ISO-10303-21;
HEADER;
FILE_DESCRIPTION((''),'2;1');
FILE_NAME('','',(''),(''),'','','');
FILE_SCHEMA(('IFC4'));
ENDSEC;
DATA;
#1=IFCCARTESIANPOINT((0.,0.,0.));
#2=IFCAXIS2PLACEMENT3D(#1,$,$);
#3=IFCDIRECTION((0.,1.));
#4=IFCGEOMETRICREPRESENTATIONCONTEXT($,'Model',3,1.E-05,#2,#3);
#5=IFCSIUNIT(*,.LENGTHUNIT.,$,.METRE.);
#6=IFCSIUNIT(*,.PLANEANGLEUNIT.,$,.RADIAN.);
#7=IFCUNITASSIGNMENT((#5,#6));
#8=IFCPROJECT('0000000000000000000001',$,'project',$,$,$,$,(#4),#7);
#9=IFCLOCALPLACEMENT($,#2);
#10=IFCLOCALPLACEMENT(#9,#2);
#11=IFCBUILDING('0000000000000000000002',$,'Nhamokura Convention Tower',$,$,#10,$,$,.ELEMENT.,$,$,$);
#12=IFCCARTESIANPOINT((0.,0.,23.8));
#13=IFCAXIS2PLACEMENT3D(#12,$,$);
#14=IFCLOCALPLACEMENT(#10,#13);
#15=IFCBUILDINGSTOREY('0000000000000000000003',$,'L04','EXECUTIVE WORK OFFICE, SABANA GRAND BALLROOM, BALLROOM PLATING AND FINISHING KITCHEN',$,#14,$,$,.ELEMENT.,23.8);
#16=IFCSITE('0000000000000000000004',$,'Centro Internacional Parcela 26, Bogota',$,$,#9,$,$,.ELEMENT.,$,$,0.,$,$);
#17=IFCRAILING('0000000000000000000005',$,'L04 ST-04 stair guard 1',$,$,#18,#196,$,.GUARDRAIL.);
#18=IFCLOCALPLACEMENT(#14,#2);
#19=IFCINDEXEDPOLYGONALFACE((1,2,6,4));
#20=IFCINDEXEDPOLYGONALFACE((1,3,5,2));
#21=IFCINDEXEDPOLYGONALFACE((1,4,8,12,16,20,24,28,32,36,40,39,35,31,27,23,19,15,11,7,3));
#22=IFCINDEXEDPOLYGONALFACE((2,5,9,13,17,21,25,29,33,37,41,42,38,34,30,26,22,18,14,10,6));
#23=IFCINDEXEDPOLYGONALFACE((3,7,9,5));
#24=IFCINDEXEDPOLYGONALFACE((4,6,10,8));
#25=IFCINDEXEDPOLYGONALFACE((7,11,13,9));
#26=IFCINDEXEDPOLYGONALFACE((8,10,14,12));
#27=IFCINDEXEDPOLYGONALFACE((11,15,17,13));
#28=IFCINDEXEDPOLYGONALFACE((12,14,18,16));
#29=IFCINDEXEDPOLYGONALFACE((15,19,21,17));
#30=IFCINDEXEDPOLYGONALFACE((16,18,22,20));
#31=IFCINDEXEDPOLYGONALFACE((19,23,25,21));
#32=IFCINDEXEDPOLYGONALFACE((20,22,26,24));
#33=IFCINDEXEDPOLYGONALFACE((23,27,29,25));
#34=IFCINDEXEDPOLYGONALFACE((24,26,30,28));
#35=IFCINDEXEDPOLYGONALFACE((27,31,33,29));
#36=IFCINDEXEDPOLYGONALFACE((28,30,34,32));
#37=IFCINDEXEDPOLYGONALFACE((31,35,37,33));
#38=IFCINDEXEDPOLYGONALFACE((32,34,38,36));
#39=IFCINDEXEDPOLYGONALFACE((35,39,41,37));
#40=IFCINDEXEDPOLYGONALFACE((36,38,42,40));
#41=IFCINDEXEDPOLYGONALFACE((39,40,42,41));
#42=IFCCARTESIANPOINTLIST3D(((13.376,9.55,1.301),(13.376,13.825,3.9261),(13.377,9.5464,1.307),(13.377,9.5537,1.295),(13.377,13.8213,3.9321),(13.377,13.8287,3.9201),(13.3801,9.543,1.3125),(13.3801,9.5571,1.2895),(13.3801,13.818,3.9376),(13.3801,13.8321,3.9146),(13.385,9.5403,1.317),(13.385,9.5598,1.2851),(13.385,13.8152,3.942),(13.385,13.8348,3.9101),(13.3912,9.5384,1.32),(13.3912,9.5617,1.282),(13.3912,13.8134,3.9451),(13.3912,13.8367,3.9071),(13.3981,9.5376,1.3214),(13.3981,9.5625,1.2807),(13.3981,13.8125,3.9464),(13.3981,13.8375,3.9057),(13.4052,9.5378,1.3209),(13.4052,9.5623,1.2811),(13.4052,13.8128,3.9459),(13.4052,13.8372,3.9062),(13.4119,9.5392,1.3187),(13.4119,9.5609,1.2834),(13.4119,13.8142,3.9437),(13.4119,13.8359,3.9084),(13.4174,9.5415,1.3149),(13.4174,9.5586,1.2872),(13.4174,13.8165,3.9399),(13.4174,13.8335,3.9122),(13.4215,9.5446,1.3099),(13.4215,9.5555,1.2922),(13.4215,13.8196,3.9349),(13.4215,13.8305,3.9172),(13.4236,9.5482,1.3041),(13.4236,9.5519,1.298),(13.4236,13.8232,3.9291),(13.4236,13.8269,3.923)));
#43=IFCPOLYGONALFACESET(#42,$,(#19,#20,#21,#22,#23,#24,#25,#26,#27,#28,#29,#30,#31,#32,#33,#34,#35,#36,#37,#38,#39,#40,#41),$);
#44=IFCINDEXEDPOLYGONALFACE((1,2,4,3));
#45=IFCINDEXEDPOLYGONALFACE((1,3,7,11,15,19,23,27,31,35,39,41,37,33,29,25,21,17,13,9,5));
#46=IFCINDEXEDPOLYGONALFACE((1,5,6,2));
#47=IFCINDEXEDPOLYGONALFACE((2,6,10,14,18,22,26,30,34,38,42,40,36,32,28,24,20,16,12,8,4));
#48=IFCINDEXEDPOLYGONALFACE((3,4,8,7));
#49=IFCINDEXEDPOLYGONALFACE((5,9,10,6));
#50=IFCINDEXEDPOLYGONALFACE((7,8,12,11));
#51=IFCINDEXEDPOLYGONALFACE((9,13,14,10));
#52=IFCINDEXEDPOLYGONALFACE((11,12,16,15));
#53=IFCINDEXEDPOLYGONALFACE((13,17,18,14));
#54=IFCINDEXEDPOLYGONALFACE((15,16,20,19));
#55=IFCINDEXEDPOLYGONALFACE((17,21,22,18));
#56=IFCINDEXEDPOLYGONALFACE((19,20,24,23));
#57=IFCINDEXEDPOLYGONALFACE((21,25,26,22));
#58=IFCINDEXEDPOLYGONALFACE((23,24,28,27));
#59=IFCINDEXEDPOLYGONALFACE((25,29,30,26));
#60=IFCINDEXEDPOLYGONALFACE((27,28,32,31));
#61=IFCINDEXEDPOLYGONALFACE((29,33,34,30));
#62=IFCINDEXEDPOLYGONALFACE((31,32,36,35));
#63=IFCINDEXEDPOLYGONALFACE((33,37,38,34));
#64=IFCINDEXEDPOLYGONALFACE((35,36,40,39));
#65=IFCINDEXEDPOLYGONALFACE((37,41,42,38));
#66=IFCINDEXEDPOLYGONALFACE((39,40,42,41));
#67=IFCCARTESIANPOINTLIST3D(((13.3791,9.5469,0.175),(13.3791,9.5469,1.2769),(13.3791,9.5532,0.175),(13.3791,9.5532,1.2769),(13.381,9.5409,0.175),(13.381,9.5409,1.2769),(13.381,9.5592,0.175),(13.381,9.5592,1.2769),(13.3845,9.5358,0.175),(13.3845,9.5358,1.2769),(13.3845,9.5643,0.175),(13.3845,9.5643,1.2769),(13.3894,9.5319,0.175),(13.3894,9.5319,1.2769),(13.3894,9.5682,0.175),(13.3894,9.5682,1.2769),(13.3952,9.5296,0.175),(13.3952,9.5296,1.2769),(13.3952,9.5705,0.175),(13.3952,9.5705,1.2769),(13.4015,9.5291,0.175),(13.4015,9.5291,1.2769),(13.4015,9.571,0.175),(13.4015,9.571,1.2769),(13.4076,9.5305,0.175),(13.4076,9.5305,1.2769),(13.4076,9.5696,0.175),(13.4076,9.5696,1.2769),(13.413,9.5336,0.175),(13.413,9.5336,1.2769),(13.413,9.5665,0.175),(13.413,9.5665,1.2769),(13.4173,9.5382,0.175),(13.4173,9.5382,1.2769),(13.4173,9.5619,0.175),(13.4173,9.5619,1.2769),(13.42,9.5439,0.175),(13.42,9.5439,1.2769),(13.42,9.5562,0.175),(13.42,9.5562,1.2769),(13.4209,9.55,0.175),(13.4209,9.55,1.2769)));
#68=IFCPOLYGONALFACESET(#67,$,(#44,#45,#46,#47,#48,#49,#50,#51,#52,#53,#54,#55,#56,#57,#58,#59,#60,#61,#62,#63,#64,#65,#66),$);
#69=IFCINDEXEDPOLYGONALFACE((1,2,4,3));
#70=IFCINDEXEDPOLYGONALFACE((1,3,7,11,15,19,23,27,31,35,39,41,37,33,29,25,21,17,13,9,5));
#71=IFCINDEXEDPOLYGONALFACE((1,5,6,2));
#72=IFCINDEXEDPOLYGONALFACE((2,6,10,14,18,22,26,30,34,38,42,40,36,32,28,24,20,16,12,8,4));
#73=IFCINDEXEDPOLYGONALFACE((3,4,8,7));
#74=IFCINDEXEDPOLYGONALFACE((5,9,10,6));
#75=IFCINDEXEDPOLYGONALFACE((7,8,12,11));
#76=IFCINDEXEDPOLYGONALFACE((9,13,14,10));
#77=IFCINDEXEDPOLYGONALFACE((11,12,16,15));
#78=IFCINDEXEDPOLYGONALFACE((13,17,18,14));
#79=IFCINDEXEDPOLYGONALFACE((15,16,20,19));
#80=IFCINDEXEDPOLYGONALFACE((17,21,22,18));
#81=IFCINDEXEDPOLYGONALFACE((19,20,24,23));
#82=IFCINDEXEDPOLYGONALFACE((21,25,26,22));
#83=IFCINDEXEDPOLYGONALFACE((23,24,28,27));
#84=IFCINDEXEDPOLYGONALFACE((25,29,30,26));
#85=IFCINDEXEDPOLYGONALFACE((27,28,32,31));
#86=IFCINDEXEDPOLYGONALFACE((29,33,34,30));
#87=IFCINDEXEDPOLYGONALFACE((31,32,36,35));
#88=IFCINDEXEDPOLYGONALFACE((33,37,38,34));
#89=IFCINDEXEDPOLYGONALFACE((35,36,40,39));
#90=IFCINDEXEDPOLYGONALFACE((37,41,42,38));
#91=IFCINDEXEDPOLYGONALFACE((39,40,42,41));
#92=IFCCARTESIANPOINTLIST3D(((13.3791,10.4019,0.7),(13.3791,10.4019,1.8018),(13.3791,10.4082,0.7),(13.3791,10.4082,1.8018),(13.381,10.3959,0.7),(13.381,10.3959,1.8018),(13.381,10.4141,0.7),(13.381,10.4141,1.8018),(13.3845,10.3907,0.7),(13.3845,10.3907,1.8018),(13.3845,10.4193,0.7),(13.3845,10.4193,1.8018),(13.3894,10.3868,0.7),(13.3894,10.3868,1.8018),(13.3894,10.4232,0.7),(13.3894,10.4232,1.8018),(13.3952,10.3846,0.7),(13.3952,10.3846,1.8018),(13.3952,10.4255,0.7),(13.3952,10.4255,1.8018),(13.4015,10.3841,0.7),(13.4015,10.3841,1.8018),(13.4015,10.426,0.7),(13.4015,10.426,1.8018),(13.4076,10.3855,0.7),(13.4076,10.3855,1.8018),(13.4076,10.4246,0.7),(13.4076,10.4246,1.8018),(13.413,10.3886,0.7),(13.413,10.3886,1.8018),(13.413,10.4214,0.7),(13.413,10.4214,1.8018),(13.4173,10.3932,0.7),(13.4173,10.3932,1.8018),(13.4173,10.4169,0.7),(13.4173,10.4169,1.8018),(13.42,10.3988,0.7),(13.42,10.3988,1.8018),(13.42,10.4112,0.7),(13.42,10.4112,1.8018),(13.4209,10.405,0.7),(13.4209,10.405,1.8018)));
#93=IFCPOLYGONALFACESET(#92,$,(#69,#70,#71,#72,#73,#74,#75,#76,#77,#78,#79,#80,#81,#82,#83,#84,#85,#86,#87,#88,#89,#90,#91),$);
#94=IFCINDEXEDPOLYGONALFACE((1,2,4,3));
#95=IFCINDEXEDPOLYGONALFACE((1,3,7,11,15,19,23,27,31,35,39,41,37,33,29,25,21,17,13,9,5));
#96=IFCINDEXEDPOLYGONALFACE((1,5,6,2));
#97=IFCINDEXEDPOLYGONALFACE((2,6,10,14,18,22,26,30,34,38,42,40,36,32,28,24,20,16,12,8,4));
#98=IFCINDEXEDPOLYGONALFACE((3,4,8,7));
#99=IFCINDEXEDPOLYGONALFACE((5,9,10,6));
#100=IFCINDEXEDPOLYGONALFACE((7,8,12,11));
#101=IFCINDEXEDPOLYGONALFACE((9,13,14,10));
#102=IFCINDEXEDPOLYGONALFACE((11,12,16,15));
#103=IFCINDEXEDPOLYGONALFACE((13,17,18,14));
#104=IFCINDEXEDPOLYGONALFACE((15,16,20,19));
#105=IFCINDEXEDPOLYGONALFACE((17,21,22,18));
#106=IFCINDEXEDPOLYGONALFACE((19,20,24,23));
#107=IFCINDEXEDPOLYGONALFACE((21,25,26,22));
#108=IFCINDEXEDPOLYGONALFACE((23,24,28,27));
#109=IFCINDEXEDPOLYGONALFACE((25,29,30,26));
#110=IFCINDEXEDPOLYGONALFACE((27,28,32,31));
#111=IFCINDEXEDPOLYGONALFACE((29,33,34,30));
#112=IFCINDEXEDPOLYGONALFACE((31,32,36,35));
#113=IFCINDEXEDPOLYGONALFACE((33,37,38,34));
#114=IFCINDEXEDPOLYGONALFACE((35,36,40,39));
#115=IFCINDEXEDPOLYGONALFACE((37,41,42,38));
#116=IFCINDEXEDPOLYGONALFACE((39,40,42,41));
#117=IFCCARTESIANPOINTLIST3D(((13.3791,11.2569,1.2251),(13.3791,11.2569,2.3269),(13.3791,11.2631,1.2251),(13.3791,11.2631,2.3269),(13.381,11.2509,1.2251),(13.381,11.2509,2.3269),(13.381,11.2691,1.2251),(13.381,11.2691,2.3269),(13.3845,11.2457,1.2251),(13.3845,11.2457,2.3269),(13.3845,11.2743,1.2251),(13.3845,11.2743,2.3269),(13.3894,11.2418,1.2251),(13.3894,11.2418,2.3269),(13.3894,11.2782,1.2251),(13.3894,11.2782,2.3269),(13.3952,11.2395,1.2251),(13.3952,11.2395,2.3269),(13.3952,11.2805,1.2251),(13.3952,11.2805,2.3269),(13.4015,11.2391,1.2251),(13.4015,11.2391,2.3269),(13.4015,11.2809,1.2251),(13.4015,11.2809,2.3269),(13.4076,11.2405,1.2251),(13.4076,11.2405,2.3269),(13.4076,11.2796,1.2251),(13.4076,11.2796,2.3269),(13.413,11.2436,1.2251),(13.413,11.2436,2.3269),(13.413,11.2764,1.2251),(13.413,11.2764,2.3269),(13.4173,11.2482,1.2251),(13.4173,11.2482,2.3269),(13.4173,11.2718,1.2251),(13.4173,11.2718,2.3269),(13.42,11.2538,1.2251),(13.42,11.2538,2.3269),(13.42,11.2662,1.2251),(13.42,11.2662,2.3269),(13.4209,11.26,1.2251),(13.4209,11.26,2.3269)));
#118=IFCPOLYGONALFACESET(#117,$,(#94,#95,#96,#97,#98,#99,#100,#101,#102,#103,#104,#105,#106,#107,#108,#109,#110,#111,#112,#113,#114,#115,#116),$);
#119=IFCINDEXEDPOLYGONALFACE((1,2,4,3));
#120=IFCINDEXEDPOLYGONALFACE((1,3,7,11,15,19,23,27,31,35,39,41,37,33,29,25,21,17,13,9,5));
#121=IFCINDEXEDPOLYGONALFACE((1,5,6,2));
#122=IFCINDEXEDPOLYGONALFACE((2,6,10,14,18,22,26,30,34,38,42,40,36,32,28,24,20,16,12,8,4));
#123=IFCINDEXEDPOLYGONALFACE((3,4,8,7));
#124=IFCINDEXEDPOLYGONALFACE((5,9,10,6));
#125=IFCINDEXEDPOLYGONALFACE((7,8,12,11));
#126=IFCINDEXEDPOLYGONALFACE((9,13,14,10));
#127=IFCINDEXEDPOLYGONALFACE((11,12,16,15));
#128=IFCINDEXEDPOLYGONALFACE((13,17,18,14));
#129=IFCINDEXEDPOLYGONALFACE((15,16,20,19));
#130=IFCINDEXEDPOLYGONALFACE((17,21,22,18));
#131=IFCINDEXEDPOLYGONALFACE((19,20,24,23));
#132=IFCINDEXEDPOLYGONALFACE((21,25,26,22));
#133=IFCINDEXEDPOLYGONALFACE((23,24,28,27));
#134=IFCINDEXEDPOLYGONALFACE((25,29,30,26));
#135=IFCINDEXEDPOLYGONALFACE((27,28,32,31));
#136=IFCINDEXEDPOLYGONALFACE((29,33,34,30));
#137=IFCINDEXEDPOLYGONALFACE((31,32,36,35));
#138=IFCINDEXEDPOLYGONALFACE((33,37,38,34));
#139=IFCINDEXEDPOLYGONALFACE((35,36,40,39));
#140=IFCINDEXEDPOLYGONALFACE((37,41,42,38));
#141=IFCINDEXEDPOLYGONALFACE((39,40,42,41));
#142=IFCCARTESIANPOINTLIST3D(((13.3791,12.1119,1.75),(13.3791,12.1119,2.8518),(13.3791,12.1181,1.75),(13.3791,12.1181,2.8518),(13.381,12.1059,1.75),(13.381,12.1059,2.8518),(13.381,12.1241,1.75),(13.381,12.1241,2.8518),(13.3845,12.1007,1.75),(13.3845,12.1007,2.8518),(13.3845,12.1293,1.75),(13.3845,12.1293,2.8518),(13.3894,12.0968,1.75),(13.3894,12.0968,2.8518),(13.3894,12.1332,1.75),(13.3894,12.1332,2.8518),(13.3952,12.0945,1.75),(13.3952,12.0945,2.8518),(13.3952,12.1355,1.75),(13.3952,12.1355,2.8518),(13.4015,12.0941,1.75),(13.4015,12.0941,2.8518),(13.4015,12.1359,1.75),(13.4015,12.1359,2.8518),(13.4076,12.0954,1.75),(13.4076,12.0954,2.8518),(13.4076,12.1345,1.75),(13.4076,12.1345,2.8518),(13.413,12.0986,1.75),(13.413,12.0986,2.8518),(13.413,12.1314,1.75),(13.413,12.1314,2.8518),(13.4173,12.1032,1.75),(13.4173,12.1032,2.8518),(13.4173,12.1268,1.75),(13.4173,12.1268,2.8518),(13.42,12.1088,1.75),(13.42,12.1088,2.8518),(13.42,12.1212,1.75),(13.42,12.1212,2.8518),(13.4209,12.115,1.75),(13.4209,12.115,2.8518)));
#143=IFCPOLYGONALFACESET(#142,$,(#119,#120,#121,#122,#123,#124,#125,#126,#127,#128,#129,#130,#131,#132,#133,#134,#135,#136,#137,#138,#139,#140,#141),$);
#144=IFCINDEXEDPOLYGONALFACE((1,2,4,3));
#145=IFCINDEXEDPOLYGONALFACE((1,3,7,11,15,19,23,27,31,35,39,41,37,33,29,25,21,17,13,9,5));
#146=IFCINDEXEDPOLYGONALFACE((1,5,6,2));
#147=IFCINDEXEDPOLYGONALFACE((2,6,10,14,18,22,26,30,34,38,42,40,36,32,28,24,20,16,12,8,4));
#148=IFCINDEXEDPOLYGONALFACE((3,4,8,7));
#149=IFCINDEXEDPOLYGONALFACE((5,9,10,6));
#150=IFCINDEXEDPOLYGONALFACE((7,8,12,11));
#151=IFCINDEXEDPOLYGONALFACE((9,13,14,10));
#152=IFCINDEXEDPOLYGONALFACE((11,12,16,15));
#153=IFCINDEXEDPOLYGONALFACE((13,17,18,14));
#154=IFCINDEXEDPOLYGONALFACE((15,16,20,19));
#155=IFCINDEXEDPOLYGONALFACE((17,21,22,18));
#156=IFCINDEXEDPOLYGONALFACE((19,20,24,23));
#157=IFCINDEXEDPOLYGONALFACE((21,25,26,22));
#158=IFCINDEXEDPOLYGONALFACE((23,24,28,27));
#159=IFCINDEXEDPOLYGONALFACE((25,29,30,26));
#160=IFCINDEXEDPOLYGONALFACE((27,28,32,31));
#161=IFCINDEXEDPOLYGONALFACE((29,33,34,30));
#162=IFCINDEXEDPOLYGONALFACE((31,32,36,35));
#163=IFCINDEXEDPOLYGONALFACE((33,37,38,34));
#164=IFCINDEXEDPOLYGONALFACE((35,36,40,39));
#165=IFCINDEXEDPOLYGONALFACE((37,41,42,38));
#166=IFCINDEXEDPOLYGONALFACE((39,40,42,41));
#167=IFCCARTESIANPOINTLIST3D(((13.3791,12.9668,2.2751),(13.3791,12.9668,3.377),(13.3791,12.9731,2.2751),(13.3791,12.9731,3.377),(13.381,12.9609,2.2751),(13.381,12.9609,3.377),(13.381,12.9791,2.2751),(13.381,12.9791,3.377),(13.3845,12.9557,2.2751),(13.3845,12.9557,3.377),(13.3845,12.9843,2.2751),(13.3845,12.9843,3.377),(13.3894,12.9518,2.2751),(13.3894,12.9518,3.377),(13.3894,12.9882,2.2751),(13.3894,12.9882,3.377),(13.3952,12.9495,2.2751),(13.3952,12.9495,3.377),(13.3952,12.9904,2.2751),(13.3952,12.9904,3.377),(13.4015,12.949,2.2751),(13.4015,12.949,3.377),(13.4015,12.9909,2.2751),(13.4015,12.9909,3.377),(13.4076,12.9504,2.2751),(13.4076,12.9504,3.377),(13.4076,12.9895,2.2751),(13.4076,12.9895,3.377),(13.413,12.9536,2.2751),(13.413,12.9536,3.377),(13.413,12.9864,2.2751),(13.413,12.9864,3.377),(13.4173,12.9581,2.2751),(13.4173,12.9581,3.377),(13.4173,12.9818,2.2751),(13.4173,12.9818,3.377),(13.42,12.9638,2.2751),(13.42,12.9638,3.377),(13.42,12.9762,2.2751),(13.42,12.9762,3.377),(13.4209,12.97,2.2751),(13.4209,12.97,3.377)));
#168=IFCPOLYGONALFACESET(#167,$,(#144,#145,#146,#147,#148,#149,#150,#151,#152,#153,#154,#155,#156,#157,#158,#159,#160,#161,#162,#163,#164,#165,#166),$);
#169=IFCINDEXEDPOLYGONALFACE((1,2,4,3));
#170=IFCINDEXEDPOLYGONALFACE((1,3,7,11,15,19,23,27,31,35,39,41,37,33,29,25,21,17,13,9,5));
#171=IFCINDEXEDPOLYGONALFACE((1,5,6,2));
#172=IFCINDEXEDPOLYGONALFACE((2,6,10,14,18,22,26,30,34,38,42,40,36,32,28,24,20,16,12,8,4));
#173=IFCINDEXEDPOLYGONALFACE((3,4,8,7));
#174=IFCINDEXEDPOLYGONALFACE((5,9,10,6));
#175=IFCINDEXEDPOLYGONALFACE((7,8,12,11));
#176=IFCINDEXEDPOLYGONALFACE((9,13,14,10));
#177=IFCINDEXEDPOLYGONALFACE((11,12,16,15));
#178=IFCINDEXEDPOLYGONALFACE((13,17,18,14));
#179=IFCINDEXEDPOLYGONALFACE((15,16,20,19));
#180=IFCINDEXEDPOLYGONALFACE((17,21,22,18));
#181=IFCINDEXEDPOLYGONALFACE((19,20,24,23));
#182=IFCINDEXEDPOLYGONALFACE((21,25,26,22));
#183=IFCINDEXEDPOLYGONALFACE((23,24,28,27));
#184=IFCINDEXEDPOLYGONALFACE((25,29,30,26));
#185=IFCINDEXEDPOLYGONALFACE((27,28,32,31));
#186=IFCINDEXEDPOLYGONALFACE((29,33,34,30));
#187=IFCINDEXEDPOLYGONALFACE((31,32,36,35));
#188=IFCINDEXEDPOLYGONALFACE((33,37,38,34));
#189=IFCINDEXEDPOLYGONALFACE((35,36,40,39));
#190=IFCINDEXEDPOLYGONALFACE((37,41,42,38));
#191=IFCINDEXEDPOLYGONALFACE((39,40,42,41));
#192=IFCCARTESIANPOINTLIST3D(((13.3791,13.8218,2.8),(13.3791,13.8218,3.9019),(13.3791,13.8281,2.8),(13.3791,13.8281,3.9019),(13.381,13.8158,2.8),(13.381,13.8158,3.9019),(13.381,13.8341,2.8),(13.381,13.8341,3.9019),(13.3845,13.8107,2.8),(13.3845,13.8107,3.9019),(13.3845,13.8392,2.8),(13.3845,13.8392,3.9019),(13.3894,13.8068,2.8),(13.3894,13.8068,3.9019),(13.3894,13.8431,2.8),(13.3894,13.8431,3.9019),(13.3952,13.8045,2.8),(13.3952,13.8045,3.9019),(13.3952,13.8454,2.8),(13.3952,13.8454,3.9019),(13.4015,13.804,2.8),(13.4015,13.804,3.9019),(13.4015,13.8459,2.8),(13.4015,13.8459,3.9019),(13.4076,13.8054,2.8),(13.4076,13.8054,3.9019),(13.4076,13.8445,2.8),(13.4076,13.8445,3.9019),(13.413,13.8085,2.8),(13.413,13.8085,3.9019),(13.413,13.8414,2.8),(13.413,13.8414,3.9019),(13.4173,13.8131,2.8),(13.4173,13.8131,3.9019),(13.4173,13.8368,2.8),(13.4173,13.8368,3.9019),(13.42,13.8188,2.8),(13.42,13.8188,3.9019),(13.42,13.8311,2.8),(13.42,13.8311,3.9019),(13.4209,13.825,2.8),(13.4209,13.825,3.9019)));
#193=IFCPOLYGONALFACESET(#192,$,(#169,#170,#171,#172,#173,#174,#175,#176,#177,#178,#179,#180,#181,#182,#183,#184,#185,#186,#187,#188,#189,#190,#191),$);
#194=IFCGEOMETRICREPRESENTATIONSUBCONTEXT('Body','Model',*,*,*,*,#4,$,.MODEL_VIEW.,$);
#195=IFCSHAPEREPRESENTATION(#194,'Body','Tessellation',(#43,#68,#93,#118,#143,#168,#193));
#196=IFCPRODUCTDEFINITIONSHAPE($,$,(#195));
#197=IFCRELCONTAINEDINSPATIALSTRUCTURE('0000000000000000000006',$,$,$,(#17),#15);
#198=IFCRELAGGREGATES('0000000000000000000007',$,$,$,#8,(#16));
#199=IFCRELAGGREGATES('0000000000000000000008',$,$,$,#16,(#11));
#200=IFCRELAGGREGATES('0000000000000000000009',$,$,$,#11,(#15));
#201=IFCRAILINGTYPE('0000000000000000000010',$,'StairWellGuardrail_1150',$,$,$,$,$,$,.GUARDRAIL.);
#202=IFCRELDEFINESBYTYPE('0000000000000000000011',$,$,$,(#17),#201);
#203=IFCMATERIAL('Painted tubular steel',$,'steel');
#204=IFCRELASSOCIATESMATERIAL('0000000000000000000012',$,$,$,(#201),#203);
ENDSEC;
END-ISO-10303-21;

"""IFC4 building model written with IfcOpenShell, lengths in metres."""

from ifc_helpers import new_model, si_unit, direction, frame, origin, origin_2d, place, context, subcontext, project, spatial, circle, extrude, material, type_object, element, save


model = new_model("IFC4")

# Units and contexts
model_context = context("Model", 3, precision=1e-05, world=origin(), true_north=direction((0.0, 1.0)))
body_context = subcontext(model_context, "Body", "Model", "MODEL_VIEW")
ifc_project = project(units=[si_unit("LENGTHUNIT", "METRE"), si_unit("PLANEANGLEUNIT", "RADIAN")], contexts=[model_context])

# Site, building, storey
site_placement = place(None, origin())
site = spatial("IfcSite", under=ifc_project, at=site_placement, Name="Centro Internacional Parcela 26, Bogota", CompositionType="ELEMENT", RefElevation=0.0)
building_placement = place(site_placement, origin())
building = spatial("IfcBuilding", under=site, at=building_placement, Name="Nhamokura Convention Tower", CompositionType="ELEMENT")
storey_placement = place(building_placement, frame((0.0, 0.0, 23.8)))
storey = spatial("IfcBuildingStorey", under=building, at=storey_placement, Name="L04", Description="EXECUTIVE WORK OFFICE, SABANA GRAND BALLROOM, BALLROOM PLATING AND FINISHING KITCHEN", CompositionType="ELEMENT", Elevation=23.8)

# Railing
ifc_material_1 = material(Name="Painted tubular steel", Category="steel")
railing_type_1 = type_object("IfcRailingType", Name="StairWellGuardrail_1150", PredefinedType="GUARDRAIL", material=ifc_material_1)
railing_1_placement = place(storey_placement, frame((13.3999, 9.55, 0.175)))
element("IfcRailing", 1, at=railing_1_placement, inside=storey, type_object=railing_type_1, Name="L04 ST-04 stair guard 1", PredefinedType="GUARDRAIL", context=body_context, shape_type="SweptSolid", body=[
    extrude(circle(Radius=0.0239, at=origin_2d()), frame((0.0, 0.0, 1.126), z_axis=(0.0, 0.852166, 0.523272), x_axis=(-1.0, 0.0, 0.0)), (0.0, 0.0, 1.0), 5.0166),
    extrude(circle(Radius=0.021, at=origin_2d()), origin(), (0.0, 0.0, 1.0), 1.1018),
    extrude(circle(Radius=0.021, at=origin_2d()), frame((0.0, 0.855, 0.5249)), (0.0, 0.0, 1.0), 1.1018),
    extrude(circle(Radius=0.021, at=origin_2d()), frame((0.0, 1.71, 1.05)), (0.0, 0.0, 1.0), 1.1018),
    extrude(circle(Radius=0.021, at=origin_2d()), frame((0.0, 2.5649, 1.575)), (0.0, 0.0, 1.0), 1.1018),
    extrude(circle(Radius=0.021, at=origin_2d()), frame((0.0, 3.4199, 2.1001)), (0.0, 0.0, 1.0), 1.1018),
    extrude(circle(Radius=0.021, at=origin_2d()), frame((0.0, 4.2749, 2.625)), (0.0, 0.0, 1.0), 1.1018),
])

save(model, "model.ifc")
